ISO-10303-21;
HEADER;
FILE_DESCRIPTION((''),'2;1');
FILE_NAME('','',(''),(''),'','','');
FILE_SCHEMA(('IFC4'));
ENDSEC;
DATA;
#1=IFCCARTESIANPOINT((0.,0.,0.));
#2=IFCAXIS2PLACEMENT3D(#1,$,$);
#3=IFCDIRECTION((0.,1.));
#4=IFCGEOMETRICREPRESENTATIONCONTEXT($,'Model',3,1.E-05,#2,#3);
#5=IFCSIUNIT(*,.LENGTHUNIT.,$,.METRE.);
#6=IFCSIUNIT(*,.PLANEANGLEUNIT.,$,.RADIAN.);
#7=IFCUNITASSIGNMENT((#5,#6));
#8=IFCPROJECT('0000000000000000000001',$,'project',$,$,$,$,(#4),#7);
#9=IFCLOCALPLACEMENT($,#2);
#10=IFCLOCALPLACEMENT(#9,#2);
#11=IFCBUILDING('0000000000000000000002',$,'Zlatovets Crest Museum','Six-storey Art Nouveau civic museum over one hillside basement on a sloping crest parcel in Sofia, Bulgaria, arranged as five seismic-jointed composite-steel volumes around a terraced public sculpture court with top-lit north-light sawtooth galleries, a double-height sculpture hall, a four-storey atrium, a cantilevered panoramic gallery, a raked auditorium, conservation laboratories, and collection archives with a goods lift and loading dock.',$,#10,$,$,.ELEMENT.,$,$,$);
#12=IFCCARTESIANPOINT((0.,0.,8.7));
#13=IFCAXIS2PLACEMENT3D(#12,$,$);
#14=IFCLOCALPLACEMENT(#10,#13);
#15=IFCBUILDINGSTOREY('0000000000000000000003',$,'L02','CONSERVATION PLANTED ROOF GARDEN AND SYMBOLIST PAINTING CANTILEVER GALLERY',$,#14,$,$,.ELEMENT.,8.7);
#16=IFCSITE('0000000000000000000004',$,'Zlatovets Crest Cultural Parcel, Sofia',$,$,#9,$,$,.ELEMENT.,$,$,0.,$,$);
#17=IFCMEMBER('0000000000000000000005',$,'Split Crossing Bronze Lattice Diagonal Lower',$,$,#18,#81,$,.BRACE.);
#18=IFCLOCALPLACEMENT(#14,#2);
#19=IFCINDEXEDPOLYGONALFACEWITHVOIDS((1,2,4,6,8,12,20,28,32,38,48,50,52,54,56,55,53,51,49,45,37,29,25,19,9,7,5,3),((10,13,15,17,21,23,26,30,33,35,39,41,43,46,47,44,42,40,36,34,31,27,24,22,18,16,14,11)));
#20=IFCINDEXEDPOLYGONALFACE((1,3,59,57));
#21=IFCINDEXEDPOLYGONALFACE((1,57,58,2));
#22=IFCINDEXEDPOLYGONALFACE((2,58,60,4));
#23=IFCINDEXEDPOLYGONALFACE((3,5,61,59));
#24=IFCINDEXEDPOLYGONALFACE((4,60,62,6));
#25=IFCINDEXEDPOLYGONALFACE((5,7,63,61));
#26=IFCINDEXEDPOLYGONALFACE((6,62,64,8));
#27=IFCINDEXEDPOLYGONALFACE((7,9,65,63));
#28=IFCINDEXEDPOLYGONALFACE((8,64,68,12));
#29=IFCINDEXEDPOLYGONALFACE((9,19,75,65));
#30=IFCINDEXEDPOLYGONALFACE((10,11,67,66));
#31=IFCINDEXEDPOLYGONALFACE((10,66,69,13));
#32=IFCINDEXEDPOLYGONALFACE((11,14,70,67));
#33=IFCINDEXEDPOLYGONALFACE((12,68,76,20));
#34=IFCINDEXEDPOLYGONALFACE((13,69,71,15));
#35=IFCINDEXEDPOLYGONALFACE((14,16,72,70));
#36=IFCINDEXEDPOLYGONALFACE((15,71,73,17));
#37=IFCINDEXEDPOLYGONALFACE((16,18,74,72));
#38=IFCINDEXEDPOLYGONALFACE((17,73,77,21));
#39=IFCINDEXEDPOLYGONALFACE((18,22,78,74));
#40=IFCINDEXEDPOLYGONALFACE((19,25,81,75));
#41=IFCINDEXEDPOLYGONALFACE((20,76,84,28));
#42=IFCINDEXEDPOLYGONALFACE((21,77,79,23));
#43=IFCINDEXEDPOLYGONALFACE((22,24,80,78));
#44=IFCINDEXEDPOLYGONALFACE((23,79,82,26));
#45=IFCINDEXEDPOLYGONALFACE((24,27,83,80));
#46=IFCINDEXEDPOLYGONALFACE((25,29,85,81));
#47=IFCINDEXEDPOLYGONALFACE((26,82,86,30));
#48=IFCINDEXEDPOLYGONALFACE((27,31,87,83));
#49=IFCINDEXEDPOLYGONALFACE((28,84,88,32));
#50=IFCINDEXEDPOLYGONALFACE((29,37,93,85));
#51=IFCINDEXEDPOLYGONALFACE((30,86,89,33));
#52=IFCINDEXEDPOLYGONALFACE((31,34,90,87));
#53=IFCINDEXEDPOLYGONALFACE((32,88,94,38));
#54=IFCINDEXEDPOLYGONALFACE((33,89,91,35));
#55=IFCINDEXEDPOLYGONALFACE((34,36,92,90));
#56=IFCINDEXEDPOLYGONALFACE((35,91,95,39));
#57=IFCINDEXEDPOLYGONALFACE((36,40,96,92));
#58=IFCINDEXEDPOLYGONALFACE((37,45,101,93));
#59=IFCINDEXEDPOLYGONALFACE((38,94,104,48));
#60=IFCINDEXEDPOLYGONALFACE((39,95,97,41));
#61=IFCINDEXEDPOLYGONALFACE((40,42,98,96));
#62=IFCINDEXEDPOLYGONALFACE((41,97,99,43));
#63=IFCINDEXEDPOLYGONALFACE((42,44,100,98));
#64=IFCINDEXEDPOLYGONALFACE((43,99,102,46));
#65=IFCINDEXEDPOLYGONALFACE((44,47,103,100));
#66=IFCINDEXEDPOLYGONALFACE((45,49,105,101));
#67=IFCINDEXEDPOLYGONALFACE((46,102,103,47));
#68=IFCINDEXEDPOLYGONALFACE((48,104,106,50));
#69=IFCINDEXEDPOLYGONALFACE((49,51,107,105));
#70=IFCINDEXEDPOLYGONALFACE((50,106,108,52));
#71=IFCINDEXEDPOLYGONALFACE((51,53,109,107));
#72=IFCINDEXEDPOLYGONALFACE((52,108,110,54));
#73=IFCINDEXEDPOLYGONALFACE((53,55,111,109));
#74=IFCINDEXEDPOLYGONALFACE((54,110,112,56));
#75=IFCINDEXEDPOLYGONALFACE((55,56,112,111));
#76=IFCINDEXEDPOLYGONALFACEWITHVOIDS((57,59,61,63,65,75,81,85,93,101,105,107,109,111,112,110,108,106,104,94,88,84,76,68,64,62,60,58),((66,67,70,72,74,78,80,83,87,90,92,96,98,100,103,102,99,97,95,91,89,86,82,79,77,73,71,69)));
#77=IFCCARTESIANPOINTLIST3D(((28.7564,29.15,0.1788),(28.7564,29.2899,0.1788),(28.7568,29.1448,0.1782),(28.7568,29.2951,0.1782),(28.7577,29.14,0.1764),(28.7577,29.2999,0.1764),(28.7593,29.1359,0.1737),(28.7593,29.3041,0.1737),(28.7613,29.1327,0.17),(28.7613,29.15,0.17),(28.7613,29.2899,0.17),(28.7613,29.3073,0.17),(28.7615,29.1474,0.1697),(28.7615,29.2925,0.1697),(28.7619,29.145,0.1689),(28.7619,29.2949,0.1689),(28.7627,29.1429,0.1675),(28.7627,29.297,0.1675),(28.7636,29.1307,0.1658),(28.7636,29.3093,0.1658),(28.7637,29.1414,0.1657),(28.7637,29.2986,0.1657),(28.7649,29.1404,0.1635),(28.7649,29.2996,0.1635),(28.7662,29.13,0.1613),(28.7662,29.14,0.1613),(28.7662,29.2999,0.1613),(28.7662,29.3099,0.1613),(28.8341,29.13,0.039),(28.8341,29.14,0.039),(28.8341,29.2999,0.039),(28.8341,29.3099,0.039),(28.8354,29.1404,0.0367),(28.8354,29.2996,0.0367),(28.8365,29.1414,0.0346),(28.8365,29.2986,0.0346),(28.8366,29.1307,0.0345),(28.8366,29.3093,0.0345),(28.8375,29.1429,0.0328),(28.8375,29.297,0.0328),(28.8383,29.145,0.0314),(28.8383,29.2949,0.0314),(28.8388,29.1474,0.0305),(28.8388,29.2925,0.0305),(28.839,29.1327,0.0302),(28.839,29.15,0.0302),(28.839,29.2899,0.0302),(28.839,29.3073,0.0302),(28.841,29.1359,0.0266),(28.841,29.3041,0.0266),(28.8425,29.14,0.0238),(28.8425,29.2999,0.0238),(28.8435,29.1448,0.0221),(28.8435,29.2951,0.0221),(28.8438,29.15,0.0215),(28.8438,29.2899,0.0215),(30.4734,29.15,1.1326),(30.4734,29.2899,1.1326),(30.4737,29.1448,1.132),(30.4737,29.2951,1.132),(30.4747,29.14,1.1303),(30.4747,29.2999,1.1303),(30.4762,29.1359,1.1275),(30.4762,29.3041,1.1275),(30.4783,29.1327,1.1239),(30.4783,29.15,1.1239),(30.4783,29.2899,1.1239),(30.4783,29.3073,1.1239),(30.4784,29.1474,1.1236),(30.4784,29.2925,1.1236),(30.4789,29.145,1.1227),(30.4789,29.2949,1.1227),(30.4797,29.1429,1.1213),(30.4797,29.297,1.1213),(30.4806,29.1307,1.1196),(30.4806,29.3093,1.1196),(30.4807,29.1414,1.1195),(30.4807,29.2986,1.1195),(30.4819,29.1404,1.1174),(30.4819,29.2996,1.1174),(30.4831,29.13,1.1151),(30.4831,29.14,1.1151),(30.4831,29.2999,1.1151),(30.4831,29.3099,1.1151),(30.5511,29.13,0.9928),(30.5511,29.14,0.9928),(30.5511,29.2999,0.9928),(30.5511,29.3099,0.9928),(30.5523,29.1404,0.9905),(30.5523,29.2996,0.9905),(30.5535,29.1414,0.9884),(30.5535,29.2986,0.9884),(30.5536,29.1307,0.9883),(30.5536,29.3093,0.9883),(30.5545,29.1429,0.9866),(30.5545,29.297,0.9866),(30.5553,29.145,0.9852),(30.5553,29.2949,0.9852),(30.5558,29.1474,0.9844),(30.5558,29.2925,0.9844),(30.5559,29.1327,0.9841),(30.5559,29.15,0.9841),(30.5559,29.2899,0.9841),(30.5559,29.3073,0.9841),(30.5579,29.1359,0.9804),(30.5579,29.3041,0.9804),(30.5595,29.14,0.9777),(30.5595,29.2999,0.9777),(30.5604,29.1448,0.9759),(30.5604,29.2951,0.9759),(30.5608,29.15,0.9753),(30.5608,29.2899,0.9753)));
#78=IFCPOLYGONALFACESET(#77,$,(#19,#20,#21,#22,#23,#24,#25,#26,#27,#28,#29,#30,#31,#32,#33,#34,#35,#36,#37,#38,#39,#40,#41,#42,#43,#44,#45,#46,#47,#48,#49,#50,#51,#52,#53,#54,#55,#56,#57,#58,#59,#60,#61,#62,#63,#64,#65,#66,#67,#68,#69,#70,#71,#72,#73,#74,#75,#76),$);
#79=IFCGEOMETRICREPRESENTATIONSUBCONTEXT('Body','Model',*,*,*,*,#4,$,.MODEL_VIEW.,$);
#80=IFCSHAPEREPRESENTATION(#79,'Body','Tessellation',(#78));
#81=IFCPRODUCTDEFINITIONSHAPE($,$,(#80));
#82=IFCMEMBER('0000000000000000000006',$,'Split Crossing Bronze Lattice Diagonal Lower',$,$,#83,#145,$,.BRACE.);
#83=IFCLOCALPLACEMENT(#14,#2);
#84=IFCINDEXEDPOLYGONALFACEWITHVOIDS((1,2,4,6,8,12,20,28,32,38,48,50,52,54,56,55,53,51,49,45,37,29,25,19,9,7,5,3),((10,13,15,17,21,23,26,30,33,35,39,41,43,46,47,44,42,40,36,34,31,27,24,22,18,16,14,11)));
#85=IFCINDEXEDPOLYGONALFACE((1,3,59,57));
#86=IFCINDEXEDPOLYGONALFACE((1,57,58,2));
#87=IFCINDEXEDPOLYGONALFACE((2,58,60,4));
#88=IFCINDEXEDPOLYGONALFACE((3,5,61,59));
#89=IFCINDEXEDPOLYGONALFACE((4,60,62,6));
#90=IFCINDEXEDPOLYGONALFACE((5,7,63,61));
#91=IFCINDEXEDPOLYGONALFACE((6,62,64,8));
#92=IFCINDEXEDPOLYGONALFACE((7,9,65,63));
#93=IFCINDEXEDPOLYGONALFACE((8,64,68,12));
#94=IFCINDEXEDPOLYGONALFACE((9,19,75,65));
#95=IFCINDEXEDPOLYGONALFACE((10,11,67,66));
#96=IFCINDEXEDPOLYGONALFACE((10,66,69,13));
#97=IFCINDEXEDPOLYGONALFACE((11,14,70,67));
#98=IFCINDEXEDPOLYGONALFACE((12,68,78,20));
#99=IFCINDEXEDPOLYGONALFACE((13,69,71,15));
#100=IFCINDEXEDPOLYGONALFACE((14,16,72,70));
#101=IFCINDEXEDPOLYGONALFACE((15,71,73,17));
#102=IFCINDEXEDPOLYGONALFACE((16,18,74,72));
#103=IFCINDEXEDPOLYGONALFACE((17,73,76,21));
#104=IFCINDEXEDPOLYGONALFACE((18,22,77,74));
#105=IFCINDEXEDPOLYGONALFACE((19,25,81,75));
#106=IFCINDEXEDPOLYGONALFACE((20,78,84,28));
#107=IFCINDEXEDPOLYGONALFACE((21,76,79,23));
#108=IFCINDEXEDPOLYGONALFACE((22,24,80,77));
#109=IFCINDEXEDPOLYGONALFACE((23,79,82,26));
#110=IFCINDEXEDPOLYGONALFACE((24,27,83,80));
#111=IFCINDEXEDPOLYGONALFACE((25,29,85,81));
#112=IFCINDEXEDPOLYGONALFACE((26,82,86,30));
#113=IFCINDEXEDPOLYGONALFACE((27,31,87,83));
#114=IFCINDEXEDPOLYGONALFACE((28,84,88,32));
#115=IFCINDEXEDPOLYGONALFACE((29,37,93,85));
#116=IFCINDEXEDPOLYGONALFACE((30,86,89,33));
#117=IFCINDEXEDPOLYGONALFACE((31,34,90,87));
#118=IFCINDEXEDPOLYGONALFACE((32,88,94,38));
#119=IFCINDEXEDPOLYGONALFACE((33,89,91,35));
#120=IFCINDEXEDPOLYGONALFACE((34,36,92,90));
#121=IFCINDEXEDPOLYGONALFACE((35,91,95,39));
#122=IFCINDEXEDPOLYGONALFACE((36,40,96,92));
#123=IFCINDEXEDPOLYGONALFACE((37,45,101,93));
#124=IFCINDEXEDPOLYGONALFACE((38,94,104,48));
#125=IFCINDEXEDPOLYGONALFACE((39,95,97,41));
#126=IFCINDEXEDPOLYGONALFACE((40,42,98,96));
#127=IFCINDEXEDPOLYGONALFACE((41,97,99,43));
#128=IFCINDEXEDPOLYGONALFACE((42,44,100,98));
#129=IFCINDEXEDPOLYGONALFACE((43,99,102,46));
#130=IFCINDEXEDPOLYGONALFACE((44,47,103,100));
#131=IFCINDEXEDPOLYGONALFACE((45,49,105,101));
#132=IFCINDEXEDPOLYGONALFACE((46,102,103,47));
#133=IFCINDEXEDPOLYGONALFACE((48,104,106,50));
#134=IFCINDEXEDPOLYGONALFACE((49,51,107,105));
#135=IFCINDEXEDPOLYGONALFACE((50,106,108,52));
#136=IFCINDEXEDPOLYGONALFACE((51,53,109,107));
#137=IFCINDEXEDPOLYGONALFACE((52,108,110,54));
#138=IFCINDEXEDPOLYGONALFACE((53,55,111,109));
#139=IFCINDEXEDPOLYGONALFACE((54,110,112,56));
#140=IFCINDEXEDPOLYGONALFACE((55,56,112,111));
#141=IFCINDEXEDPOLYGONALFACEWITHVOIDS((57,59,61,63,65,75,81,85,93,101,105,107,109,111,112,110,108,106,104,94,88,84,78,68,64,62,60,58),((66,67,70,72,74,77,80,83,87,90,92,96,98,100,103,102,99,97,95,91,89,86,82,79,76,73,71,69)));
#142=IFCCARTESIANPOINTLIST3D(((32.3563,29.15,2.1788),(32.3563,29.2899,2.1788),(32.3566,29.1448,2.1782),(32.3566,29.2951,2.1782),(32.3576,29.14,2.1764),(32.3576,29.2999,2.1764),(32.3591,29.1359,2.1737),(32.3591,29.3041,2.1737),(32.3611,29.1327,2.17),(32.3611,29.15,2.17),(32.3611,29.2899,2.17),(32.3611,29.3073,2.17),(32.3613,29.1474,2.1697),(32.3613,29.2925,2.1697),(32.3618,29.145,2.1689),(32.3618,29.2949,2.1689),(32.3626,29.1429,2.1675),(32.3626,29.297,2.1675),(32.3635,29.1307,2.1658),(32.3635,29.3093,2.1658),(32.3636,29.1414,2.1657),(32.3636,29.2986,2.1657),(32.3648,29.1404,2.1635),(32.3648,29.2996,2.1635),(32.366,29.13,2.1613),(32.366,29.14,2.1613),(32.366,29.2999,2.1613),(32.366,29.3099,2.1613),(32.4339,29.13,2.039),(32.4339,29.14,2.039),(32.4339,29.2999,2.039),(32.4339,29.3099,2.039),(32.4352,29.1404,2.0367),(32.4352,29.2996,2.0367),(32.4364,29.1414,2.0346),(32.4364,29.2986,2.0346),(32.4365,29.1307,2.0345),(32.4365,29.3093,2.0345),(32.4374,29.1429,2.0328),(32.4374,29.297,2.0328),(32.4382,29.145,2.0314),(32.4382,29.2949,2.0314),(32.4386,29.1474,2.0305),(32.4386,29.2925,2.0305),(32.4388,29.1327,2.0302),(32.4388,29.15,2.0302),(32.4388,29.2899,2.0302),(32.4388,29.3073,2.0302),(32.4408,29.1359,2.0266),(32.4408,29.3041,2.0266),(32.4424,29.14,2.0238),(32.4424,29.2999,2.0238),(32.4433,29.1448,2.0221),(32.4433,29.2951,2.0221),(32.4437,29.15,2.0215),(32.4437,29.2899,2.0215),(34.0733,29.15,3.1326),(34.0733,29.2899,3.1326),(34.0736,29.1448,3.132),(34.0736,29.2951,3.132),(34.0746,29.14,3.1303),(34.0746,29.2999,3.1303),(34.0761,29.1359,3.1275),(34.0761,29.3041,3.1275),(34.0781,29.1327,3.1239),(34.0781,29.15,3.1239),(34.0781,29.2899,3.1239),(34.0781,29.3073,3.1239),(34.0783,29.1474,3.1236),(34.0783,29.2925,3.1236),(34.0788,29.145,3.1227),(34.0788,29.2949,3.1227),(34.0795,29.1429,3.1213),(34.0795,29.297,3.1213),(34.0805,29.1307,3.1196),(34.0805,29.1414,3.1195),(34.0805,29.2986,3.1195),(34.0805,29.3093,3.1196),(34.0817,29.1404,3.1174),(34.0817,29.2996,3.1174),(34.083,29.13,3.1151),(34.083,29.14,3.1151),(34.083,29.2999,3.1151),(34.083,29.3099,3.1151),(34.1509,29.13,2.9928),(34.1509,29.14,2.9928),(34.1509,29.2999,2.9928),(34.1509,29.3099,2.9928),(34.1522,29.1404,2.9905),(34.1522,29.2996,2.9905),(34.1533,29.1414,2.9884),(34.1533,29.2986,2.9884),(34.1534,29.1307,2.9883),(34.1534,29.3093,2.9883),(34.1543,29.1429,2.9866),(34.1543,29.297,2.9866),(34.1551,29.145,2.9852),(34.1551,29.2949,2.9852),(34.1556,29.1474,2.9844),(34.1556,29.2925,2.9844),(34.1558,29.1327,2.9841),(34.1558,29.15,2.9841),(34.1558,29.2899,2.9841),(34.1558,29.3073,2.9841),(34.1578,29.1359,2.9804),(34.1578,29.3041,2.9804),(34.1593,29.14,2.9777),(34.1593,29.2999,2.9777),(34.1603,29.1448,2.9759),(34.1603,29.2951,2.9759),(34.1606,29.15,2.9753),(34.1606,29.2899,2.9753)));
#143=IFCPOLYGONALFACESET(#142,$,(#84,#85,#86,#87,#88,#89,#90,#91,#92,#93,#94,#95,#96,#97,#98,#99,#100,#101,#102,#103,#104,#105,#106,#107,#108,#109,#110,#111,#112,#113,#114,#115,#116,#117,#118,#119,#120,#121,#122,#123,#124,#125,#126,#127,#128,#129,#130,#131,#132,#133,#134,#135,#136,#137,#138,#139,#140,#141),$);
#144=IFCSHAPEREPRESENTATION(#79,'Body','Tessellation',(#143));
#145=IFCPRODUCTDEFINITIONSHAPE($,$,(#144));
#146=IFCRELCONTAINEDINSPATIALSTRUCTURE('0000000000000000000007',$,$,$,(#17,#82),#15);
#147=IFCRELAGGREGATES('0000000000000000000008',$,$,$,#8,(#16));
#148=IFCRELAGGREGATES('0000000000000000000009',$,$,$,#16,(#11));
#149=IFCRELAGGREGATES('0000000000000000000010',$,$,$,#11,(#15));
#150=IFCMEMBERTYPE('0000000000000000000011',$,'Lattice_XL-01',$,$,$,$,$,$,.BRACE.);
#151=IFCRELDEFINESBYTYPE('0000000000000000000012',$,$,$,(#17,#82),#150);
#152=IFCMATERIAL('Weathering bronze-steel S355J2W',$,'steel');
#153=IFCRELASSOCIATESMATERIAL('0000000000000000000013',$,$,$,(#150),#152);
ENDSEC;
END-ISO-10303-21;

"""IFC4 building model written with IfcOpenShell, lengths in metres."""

from ifc_helpers import new_model, si_unit, direction, frame, origin, origin_2d, place, context, subcontext, project, spatial, hollow_rectangle, extrude, material, material_profile, profile_set, type_object, element, save


model = new_model("IFC4")

# Units and contexts
model_context = context("Model", 3, precision=1e-05, world=origin(), true_north=direction((0.0, 1.0)))
body_context = subcontext(model_context, "Body", "Model", "MODEL_VIEW")
ifc_project = project(units=[si_unit("LENGTHUNIT", "METRE"), si_unit("PLANEANGLEUNIT", "RADIAN")], contexts=[model_context])

# Site, building, storey
site_placement = place(None, origin())
site = spatial("IfcSite", under=ifc_project, at=site_placement, Name="Zlatovets Crest Cultural Parcel, Sofia", CompositionType="ELEMENT", RefElevation=0.0)
building_placement = place(site_placement, origin())
building = spatial("IfcBuilding", under=site, at=building_placement, Name="Zlatovets Crest Museum", Description="Six-storey Art Nouveau civic museum over one hillside basement on a sloping crest parcel in Sofia, Bulgaria, arranged as five seismic-jointed composite-steel volumes around a terraced public sculpture court with top-lit north-light sawtooth galleries, a double-height sculpture hall, a four-storey atrium, a cantilevered panoramic gallery, a raked auditorium, conservation laboratories, and collection archives with a goods lift and loading dock.", CompositionType="ELEMENT")
storey_placement = place(building_placement, frame((0.0, 0.0, 8.7)))
storey = spatial("IfcBuildingStorey", under=building, at=storey_placement, Name="L02", Description="CONSERVATION PLANTED ROOF GARDEN AND SYMBOLIST PAINTING CANTILEVER GALLERY", CompositionType="ELEMENT", Elevation=8.7)

# Members
ifc_material_1 = material(Name="Weathering bronze-steel S355J2W", Category="steel")
ifc_material_profile_1 = material_profile(ifc_material_1, hollow_rectangle(XDim=0.1799, YDim=0.1799, WallThickness=0.01, InnerFilletRadius=0.01, OuterFilletRadius=0.02, at=origin_2d()), Name="SHS 180x180x10.0")
ifc_profile_set_1 = profile_set([ifc_material_profile_1], Name="Weathering bronze-steel S355J2W")
member_type_1 = type_object("IfcMemberType", Name="Lattice_XL-01", PredefinedType="BRACE", material=ifc_profile_set_1)
for number, where, z_axis, x_axis, name in (
    (1, (30.5171, 29.22, 1.054), (-0.874169, 0.0, -0.485622), (0.0, -1.0, 0.0), "Split Crossing Bronze Lattice Diagonal Lower"),
    (2, (34.1169, 29.22, 3.054), (-0.874169, 0.0, -0.485622), (0.0, -1.0, 0.0), "Split Crossing Bronze Lattice Diagonal Lower"),
):
    element("IfcMember", number, at=place(storey_placement, frame(where, z_axis=z_axis, x_axis=x_axis)), inside=storey, type_object=member_type_1, Name=name, PredefinedType="BRACE", context=body_context, shape_type="SweptSolid", body=[
        extrude(hollow_rectangle(XDim=0.1799, YDim=0.1799, WallThickness=0.01, InnerFilletRadius=0.01, OuterFilletRadius=0.02, at=origin_2d()), origin(), (0.0, 0.0, 1.0), 1.9641),
    ])

save(model, "model.ifc")
